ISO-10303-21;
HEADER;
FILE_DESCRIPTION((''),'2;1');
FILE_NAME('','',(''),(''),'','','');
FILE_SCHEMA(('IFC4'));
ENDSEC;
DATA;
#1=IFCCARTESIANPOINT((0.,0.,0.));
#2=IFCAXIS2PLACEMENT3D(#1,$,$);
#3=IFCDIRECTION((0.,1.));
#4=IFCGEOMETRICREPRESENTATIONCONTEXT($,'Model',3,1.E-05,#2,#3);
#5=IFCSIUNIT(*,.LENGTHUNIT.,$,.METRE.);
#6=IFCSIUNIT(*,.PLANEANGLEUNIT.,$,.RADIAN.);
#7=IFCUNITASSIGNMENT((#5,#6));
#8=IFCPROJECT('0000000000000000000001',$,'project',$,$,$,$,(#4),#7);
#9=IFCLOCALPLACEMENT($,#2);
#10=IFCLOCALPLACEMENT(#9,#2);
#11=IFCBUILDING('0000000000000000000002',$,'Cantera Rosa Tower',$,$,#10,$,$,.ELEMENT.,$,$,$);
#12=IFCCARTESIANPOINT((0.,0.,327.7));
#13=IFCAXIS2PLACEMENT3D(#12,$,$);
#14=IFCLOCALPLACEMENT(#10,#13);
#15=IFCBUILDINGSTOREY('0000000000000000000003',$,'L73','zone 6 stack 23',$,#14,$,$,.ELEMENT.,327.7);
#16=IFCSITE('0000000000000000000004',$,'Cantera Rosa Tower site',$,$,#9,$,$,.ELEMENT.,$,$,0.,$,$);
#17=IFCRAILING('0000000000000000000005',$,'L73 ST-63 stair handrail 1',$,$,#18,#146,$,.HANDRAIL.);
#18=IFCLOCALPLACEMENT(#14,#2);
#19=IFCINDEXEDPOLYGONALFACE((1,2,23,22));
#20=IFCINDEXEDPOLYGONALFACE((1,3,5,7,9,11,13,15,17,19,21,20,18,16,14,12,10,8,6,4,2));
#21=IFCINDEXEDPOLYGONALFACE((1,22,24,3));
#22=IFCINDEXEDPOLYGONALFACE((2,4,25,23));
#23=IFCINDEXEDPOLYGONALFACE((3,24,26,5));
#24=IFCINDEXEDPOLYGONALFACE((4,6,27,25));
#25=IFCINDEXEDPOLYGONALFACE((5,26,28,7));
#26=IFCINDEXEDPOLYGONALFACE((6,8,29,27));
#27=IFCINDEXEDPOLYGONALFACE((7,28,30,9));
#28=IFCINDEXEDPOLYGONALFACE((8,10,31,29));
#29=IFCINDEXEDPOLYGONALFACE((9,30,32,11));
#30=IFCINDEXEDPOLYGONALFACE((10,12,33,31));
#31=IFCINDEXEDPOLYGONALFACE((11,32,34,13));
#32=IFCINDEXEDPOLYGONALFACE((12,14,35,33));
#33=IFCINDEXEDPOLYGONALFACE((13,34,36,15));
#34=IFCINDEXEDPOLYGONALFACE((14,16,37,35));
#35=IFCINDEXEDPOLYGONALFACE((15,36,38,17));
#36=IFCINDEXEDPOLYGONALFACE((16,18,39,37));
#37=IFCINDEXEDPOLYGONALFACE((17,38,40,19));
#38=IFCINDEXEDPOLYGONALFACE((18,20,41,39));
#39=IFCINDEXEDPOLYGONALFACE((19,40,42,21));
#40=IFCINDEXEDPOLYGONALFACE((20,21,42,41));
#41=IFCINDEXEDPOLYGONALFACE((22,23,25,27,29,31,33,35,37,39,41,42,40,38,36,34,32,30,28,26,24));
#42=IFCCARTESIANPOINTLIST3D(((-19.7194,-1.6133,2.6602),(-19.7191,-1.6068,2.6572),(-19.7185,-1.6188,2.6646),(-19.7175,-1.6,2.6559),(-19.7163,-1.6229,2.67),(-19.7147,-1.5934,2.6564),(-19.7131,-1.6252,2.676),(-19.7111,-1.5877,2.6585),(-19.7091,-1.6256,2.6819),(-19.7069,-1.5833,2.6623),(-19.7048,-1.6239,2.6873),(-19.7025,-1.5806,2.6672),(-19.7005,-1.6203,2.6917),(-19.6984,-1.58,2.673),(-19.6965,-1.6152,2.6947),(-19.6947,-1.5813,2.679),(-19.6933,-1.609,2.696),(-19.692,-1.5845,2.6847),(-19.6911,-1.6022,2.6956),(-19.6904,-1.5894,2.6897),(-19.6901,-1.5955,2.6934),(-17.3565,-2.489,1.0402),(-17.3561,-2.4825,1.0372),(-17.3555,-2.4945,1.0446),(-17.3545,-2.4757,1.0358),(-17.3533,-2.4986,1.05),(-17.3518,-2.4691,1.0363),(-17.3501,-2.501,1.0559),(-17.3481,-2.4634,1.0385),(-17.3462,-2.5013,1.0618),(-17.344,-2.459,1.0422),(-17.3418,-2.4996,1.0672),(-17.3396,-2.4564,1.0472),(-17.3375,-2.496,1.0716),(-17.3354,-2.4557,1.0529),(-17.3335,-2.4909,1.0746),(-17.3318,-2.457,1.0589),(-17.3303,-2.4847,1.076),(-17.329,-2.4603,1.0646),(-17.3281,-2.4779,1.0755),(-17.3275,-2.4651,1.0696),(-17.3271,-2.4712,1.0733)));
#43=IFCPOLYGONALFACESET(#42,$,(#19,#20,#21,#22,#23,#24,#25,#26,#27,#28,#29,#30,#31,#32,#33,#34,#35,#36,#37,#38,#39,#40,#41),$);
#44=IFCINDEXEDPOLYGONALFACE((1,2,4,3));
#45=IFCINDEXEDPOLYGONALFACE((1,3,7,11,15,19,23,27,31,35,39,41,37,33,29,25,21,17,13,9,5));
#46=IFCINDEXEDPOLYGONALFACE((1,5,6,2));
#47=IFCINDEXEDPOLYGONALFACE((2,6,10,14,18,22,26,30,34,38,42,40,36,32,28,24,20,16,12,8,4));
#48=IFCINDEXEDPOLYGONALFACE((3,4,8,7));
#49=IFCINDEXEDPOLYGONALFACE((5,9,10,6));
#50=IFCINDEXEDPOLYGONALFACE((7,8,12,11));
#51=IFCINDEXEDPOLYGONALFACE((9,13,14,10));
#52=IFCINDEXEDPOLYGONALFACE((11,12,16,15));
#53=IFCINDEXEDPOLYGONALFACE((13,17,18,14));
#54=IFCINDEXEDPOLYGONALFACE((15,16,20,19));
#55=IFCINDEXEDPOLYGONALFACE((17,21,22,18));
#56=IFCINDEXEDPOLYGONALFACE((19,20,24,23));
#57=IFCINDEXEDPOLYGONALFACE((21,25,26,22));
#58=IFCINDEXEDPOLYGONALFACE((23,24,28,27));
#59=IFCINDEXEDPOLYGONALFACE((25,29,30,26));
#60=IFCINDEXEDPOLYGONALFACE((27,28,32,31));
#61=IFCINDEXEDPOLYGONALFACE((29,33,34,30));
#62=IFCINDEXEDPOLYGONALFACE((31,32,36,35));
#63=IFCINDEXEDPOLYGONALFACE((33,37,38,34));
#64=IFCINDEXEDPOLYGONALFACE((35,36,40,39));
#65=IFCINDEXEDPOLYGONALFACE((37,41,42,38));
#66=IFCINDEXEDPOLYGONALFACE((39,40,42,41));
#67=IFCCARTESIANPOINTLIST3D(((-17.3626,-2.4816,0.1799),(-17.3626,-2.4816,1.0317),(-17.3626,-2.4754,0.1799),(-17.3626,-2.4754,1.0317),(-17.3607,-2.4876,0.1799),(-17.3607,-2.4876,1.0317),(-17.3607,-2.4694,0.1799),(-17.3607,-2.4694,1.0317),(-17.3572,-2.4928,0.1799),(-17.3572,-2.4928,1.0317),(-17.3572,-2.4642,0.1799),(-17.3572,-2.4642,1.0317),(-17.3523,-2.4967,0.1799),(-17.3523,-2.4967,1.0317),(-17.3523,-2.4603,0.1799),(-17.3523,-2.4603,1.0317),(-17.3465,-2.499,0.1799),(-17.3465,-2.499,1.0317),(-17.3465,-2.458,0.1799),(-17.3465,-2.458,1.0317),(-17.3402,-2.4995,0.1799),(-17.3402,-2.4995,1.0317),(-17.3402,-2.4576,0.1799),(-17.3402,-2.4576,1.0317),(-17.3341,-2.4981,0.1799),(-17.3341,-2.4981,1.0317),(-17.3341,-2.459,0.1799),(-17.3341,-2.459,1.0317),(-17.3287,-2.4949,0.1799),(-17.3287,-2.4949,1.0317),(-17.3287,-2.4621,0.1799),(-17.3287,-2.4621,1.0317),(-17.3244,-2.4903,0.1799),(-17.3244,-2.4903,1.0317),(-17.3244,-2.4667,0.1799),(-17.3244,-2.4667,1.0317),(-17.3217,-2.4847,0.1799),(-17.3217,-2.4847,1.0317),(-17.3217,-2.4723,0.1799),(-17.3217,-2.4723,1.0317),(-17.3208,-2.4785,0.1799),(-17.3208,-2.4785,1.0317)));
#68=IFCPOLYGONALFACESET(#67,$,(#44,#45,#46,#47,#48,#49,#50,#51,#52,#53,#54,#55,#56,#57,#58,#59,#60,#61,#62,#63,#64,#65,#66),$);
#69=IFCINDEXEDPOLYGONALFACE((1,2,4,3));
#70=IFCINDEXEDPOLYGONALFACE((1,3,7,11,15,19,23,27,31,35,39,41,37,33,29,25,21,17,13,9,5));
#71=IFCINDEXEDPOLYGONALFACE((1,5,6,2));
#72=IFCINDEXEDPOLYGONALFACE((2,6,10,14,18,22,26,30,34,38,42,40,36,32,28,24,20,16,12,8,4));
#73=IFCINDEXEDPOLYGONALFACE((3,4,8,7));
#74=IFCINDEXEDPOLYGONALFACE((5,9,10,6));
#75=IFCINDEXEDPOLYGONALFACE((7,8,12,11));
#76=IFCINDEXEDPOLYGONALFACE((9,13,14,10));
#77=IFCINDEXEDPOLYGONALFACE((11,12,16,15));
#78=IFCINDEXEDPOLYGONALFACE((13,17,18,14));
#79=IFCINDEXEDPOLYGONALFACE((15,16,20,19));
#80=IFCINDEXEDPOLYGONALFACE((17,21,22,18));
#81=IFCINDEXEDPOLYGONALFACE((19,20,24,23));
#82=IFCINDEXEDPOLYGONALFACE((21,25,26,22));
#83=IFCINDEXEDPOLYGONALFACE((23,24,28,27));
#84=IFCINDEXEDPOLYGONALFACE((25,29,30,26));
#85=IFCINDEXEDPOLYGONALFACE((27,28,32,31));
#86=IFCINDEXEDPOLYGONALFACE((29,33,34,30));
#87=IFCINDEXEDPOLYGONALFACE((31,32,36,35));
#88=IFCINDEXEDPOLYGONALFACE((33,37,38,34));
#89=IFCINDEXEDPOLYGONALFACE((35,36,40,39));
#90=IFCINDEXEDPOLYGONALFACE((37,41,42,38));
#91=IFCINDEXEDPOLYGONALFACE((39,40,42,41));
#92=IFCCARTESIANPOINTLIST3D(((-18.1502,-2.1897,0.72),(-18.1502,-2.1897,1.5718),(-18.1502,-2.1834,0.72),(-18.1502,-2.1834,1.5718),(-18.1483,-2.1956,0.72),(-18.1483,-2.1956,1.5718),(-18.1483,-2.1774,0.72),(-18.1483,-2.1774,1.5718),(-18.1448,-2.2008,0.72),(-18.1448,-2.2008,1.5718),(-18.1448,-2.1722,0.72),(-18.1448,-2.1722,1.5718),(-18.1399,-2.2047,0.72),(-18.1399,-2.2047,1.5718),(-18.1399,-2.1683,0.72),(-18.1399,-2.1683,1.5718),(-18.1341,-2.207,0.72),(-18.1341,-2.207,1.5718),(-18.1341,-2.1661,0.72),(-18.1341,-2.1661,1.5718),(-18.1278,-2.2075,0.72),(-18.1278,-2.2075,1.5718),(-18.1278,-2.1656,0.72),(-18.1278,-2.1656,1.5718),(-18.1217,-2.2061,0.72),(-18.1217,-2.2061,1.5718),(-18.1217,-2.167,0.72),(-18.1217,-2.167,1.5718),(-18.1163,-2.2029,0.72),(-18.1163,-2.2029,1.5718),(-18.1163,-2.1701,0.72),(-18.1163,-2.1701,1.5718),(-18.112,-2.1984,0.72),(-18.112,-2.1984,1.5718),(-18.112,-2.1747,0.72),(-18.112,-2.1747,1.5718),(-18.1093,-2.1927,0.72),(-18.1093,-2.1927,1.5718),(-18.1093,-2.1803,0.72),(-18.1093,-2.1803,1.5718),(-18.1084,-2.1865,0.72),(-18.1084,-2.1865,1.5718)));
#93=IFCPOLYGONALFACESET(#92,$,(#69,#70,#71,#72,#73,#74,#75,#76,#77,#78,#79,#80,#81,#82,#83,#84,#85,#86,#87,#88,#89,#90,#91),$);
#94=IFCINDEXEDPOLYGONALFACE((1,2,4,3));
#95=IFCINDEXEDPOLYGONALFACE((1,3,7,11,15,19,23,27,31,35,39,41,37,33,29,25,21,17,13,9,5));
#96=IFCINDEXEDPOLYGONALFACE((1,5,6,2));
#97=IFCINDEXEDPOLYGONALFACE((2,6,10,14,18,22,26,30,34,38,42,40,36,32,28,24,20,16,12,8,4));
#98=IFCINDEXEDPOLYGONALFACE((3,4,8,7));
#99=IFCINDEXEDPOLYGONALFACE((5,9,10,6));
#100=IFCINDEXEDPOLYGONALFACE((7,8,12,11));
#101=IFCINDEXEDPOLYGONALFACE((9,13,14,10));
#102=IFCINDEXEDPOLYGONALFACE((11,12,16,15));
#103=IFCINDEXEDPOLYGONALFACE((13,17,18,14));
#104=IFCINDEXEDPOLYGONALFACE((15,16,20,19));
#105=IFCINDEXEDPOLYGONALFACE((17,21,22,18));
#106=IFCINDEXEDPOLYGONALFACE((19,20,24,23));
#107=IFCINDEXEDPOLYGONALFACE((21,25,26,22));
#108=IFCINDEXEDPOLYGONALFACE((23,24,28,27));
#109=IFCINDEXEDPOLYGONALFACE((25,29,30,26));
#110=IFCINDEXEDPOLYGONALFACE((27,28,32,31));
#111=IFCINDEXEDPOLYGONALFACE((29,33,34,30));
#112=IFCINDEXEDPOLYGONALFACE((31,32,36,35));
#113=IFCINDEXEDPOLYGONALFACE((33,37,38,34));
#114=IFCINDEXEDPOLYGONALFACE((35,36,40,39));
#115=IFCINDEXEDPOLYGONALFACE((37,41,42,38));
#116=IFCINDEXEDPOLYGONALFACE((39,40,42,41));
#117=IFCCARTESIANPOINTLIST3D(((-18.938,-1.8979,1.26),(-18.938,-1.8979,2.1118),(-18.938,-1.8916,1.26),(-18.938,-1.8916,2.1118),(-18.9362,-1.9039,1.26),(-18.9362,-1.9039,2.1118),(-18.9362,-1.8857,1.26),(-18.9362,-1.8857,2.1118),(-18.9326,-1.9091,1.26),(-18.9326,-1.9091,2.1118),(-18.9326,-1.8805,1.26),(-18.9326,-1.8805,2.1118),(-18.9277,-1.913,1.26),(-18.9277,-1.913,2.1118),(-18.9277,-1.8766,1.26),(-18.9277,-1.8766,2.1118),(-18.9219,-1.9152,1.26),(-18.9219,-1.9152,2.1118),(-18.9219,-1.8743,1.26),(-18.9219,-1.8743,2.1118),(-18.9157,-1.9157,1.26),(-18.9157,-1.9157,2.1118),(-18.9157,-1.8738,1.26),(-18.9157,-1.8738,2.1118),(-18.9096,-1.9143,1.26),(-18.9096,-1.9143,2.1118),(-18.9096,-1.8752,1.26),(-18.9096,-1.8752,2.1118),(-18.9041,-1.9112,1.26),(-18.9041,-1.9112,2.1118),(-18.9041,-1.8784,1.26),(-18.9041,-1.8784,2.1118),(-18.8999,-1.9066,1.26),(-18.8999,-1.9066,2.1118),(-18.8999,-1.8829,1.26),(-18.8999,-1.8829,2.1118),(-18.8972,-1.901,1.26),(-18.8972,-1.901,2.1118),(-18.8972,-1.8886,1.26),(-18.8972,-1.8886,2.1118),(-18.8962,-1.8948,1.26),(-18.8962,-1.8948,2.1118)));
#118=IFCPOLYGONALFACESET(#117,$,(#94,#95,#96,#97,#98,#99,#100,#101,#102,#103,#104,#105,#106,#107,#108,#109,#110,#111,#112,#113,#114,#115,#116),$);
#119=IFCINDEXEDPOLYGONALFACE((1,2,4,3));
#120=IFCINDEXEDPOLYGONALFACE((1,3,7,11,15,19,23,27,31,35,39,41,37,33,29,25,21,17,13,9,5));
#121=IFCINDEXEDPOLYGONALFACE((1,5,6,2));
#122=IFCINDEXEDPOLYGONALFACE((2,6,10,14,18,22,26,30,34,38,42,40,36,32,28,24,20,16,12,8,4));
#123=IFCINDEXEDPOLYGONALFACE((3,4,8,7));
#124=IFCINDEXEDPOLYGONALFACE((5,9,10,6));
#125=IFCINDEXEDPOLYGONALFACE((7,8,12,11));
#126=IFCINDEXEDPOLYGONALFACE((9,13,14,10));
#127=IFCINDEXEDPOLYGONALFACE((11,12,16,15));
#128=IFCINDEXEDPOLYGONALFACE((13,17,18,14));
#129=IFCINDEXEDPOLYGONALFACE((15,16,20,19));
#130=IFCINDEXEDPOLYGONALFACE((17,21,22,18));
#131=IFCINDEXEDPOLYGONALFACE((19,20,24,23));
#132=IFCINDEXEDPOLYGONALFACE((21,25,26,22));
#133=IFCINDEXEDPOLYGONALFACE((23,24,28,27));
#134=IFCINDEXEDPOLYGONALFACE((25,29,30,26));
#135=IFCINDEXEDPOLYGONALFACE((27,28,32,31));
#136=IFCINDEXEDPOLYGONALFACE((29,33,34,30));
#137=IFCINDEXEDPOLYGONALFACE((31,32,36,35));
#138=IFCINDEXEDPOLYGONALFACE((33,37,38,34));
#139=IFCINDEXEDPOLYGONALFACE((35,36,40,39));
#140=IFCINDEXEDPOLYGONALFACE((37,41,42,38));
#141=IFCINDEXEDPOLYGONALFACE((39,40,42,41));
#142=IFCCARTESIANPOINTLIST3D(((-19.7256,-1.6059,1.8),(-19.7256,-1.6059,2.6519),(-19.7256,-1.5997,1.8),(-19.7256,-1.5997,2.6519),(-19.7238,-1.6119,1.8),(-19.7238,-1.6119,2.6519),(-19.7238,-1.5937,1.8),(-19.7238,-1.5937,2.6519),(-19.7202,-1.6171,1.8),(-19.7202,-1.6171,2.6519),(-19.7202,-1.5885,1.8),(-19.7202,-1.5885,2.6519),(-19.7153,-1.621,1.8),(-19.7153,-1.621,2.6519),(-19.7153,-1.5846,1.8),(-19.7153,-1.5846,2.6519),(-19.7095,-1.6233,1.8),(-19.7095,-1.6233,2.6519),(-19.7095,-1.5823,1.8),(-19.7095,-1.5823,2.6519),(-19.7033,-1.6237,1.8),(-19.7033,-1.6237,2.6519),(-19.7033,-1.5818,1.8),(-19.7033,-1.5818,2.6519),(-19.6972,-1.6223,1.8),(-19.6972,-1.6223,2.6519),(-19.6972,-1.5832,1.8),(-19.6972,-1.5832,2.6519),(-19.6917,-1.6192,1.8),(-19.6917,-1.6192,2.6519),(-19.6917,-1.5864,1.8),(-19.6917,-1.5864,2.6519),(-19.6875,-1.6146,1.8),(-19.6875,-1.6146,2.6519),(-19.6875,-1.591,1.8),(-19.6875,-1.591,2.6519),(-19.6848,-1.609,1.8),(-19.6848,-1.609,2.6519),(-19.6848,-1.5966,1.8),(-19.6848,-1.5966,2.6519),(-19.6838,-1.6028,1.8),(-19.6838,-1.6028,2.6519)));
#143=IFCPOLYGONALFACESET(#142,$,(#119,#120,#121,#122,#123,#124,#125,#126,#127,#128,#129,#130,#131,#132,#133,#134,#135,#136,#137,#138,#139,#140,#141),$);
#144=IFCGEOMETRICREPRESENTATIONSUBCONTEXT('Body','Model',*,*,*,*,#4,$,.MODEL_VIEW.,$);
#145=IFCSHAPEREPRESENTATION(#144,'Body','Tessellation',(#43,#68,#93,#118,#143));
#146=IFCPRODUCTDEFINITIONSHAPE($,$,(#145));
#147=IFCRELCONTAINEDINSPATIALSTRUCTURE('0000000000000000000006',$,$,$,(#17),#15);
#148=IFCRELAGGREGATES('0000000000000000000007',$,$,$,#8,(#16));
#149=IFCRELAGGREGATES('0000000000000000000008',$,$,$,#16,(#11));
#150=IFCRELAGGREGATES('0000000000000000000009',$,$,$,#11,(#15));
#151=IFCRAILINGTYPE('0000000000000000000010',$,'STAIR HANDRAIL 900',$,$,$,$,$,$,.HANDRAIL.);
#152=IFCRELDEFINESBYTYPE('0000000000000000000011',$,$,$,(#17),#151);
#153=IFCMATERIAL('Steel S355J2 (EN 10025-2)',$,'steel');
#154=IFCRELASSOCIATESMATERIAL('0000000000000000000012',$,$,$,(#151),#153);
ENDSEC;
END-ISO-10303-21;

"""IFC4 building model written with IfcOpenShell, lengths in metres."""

from ifc_helpers import new_model, si_unit, direction, frame, origin, origin_2d, place, context, subcontext, project, spatial, circle, extrude, material, type_object, element, save


model = new_model("IFC4")

# Units and contexts
model_context = context("Model", 3, precision=1e-05, world=origin(), true_north=direction((0.0, 1.0)))
body_context = subcontext(model_context, "Body", "Model", "MODEL_VIEW")
ifc_project = project(units=[si_unit("LENGTHUNIT", "METRE"), si_unit("PLANEANGLEUNIT", "RADIAN")], contexts=[model_context])

# Site, building, storey
site_placement = place(None, origin())
site = spatial("IfcSite", under=ifc_project, at=site_placement, Name="Cantera Rosa Tower site", CompositionType="ELEMENT", RefElevation=0.0)
building_placement = place(site_placement, origin())
building = spatial("IfcBuilding", under=site, at=building_placement, Name="Cantera Rosa Tower", CompositionType="ELEMENT")
storey_placement = place(building_placement, frame((0.0, 0.0, 327.7)))
storey = spatial("IfcBuildingStorey", under=building, at=storey_placement, Name="L73", Description="zone 6 stack 23", CompositionType="ELEMENT", Elevation=327.7)

# Railing
ifc_material_1 = material(Name="Steel S355J2 (EN 10025-2)", Category="steel")
railing_type_1 = type_object("IfcRailingType", Name="STAIR HANDRAIL 900", PredefinedType="HANDRAIL", material=ifc_material_1)
railing_1_placement = place(storey_placement, frame((-17.3418, -2.4785, 0.1799)))
element("IfcRailing", 1, at=railing_1_placement, inside=storey, type_object=railing_type_1, Name="L73 ST-63 stair handrail 1", PredefinedType="HANDRAIL", context=body_context, shape_type="SweptSolid", body=[
    extrude(circle(Radius=0.0239, at=origin_2d()), frame((0.0, 0.0, 0.876), z_axis=(-0.788748, 0.292307, 0.540772), x_axis=(-0.347501, -0.93768, 0.0)), (0.0, 0.0, 1.0), 2.9958),
    extrude(circle(Radius=0.021, at=origin_2d()), origin(), (0.0, 0.0, 1.0), 0.8518),
    extrude(circle(Radius=0.021, at=origin_2d()), frame((-0.7876, 0.292, 0.54)), (0.0, 0.0, 1.0), 0.8518),
    extrude(circle(Radius=0.021, at=origin_2d()), frame((-1.5754, 0.5837, 1.0801)), (0.0, 0.0, 1.0), 0.8518),
    extrude(circle(Radius=0.021, at=origin_2d()), frame((-2.363, 0.8757, 1.6201)), (0.0, 0.0, 1.0), 0.8518),
])

save(model, "model.ifc")
